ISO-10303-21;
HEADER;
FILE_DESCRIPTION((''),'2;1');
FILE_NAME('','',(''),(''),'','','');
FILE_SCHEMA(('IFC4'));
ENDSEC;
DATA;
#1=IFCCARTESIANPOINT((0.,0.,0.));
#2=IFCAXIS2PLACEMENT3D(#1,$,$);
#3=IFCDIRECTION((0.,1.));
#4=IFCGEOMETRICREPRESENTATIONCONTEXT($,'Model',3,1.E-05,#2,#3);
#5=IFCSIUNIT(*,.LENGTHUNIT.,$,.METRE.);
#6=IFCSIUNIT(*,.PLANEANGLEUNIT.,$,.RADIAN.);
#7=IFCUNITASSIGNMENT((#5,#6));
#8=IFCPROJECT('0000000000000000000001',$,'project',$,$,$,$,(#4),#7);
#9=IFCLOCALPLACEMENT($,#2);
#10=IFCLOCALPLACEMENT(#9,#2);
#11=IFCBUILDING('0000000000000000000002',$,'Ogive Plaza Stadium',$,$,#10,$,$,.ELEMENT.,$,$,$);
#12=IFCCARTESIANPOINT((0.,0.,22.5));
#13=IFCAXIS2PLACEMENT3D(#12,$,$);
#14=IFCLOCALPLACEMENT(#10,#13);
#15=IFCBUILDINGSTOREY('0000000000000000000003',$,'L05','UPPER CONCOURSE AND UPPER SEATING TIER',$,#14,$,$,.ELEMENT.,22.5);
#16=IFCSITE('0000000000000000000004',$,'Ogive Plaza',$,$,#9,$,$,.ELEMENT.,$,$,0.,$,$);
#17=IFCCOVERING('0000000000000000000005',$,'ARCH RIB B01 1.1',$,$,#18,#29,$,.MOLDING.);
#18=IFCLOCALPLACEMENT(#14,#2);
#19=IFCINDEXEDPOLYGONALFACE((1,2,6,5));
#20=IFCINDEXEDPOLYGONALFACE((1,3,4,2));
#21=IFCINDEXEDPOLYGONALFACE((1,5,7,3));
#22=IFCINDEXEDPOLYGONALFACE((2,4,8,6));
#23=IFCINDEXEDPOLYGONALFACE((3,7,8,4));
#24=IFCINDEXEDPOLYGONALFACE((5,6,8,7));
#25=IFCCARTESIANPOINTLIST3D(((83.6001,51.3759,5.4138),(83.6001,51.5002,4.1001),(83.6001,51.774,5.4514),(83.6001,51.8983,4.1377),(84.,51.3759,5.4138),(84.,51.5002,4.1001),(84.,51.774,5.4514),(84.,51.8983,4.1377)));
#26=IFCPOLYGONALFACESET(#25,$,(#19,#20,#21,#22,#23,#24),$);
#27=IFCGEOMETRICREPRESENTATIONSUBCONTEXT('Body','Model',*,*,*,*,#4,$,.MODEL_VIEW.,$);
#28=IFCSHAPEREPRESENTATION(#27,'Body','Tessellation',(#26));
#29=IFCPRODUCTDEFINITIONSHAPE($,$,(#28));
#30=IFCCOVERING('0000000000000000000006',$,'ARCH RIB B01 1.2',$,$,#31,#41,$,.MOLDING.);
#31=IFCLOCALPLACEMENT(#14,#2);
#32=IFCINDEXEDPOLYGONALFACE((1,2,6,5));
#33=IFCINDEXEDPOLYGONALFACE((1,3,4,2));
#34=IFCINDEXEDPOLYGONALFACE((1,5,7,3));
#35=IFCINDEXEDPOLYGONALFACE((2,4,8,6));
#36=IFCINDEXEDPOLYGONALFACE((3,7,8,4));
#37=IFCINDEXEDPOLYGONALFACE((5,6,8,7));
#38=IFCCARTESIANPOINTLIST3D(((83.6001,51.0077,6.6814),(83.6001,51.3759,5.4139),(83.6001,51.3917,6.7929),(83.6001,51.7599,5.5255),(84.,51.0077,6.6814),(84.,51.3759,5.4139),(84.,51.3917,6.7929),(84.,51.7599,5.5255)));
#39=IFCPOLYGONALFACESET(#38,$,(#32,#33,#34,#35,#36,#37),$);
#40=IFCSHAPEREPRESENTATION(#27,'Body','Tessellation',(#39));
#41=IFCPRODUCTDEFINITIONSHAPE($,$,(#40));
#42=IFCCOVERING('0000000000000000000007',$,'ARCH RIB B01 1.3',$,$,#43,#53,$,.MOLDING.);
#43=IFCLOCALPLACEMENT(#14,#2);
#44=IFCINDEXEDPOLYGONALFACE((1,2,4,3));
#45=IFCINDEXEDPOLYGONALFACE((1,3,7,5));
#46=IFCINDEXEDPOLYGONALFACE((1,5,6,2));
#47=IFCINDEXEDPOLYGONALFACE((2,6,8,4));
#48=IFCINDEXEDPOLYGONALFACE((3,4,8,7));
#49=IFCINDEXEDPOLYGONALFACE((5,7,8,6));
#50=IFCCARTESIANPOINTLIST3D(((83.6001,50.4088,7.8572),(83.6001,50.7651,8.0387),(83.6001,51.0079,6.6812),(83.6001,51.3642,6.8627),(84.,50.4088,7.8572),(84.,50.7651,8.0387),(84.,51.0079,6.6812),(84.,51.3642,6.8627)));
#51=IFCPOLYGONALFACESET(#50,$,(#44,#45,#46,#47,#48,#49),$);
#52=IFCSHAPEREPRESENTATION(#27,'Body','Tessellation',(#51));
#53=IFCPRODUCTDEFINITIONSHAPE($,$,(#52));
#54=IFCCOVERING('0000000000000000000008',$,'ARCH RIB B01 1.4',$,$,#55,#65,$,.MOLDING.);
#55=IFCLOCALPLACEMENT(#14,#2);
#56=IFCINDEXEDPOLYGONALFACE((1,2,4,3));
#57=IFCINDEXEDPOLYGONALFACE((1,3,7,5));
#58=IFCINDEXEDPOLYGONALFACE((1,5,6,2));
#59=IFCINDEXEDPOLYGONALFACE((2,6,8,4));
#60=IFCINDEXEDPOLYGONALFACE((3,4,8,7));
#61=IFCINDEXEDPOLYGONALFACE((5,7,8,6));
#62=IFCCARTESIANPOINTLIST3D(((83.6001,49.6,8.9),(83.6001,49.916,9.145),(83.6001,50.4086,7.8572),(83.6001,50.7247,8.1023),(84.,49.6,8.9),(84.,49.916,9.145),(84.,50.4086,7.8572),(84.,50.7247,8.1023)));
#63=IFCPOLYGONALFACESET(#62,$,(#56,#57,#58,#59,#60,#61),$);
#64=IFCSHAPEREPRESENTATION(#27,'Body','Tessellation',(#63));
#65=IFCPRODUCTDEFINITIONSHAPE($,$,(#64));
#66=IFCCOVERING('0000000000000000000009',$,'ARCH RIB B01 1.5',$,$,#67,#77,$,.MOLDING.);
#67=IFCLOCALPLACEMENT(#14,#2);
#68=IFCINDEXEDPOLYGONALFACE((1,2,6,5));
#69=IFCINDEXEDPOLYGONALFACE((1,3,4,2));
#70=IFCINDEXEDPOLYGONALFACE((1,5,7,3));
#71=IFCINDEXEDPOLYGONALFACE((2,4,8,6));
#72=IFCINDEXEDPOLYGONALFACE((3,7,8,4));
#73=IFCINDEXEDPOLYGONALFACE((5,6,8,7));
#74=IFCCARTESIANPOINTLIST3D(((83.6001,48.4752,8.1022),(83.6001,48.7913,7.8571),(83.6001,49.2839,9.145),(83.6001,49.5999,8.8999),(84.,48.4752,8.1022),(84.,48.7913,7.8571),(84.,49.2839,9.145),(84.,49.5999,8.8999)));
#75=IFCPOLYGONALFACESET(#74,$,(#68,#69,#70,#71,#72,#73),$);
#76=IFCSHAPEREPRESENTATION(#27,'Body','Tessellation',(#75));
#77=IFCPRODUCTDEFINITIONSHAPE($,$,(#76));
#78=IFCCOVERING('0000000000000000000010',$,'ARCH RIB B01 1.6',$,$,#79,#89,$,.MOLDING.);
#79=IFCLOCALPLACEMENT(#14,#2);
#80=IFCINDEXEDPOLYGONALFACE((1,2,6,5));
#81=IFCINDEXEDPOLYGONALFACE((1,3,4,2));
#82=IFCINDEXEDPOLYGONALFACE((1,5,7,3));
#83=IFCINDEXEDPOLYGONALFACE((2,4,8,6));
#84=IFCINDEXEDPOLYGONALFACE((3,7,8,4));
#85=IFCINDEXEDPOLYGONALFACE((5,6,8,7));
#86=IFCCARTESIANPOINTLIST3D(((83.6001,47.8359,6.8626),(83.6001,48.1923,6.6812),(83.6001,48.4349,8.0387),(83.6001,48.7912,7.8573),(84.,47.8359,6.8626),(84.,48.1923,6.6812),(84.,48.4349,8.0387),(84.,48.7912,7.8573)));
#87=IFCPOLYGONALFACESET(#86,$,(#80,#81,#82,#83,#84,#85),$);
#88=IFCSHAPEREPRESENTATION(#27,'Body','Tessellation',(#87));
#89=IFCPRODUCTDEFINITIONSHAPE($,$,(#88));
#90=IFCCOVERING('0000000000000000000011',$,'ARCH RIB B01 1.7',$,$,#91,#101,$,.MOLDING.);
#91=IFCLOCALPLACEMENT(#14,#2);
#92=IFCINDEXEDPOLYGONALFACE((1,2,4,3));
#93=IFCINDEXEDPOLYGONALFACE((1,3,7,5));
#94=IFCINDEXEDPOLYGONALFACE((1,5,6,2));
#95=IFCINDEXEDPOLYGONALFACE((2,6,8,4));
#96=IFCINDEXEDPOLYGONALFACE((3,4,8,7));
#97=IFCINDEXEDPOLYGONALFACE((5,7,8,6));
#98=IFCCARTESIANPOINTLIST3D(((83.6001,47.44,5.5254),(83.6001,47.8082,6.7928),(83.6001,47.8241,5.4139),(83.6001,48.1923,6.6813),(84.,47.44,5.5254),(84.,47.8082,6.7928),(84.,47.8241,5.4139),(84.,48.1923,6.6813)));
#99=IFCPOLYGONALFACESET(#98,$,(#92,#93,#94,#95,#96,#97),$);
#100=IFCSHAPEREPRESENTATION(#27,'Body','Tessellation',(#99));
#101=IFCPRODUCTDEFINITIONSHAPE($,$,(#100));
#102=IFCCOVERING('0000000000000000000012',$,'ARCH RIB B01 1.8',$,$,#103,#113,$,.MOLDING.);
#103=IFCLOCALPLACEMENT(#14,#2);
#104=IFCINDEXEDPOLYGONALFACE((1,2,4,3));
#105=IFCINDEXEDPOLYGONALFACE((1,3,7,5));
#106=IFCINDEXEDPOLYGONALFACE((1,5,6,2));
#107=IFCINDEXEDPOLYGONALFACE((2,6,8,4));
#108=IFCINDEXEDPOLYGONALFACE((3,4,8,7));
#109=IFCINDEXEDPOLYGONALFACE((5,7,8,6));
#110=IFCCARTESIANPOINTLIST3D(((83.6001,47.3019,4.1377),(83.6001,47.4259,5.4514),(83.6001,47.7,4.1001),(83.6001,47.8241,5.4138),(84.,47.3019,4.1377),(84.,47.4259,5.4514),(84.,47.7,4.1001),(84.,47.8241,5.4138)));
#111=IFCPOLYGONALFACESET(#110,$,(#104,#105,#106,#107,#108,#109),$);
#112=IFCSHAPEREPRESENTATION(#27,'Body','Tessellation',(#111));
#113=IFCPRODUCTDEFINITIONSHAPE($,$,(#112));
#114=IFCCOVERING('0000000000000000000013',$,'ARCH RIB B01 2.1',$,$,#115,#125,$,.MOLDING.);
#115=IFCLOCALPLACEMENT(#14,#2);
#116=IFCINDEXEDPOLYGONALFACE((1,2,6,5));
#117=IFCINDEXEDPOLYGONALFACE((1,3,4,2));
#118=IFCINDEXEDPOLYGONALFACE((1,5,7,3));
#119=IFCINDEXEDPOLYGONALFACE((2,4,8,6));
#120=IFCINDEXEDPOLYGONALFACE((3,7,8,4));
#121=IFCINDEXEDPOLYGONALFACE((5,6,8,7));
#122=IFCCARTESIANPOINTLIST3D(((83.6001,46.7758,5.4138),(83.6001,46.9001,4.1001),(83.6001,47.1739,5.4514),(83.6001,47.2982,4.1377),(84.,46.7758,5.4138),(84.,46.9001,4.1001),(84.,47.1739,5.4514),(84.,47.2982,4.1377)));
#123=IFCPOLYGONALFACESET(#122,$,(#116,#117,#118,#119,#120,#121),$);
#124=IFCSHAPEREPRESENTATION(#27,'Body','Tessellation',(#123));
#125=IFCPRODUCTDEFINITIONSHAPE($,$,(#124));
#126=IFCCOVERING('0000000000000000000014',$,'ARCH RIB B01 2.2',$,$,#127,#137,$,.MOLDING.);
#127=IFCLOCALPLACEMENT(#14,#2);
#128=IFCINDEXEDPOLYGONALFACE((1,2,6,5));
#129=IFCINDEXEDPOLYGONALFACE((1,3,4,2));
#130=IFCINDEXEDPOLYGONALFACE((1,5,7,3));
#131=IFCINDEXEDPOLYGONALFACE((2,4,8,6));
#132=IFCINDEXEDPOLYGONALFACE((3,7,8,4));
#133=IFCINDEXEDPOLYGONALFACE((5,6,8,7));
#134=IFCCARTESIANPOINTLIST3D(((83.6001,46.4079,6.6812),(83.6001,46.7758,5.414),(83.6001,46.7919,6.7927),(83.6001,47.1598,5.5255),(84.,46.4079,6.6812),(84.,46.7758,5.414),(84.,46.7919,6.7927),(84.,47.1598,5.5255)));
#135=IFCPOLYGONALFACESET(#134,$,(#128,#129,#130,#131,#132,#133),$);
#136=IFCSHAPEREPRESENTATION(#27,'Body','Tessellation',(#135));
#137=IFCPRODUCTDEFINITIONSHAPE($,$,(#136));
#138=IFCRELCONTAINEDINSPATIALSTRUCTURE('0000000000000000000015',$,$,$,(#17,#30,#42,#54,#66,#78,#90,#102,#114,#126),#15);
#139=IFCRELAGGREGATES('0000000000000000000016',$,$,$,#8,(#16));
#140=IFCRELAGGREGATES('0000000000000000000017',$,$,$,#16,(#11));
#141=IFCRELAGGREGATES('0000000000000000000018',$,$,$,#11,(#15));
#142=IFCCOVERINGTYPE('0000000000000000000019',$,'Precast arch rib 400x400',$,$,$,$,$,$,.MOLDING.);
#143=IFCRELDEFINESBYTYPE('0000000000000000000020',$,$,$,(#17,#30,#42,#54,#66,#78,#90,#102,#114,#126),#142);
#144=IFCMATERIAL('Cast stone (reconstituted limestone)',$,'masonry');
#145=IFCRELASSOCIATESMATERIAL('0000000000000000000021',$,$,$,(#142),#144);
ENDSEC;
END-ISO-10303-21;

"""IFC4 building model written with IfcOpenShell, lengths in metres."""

from ifc_helpers import new_model, si_unit, direction, frame, origin, origin_2d, place, context, subcontext, project, spatial, rectangle, extrude, material, material_profile, profile_set, type_object, element, save


model = new_model("IFC4")

# Units and contexts
model_context = context("Model", 3, precision=1e-05, world=origin(), true_north=direction((0.0, 1.0)))
body_context = subcontext(model_context, "Body", "Model", "MODEL_VIEW")
ifc_project = project(units=[si_unit("LENGTHUNIT", "METRE"), si_unit("PLANEANGLEUNIT", "RADIAN")], contexts=[model_context])

# Site, building, storey
site_placement = place(None, origin())
site = spatial("IfcSite", under=ifc_project, at=site_placement, Name="Ogive Plaza", CompositionType="ELEMENT", RefElevation=0.0)
building_placement = place(site_placement, origin())
building = spatial("IfcBuilding", under=site, at=building_placement, Name="Ogive Plaza Stadium", CompositionType="ELEMENT")
storey_placement = place(building_placement, frame((0.0, 0.0, 22.5)))
storey = spatial("IfcBuildingStorey", under=building, at=storey_placement, Name="L05", Description="UPPER CONCOURSE AND UPPER SEATING TIER", CompositionType="ELEMENT", Elevation=22.5)

# Coverings
ifc_material_1 = material(Name="Cast stone (reconstituted limestone)", Category="masonry")
ifc_material_profile_1 = material_profile(ifc_material_1, rectangle(XDim=0.3999, YDim=0.3999, at=origin_2d()), Name="Cast stone 400x400")
ifc_profile_set_1 = profile_set([ifc_material_profile_1], Name="Cast stone (reconstituted limestone)")
covering_type = type_object("IfcCoveringType", Name="Precast arch rib 400x400", PredefinedType="MOLDING", material=ifc_profile_set_1)
covering_placement = place(storey_placement, frame((83.8, 51.6992, 4.1189), z_axis=(0.0, -0.094172, 0.995556), x_axis=(1.0, 0.0, 0.0)))
element("IfcCovering", 1, at=covering_placement, inside=storey, type_object=covering_type, Name="ARCH RIB B01 1.1", PredefinedType="MOLDING", context=body_context, shape_type="SweptSolid", body=[
    extrude(rectangle(XDim=0.3999, YDim=0.3999, at=origin_2d()), origin(), (0.0, 0.0, 1.0), 1.3196),
])
for number, where, z_axis, x_axis, name in (
    (2, (83.8, 51.5679, 5.4697), (0.0, -0.27897, 0.9603), (1.0, 0.0, 0.0), "ARCH RIB B01 1.2"),
    (3, (83.8, 51.186, 6.772), (0.0, -0.453934, 0.891035), (1.0, 0.0, 0.0), "ARCH RIB B01 1.3"),
):
    element("IfcCovering", number, at=place(storey_placement, frame(where, z_axis=z_axis, x_axis=x_axis)), inside=storey, type_object=covering_type, Name=name, PredefinedType="MOLDING", context=body_context, shape_type="SweptSolid", body=[
        extrude(rectangle(XDim=0.3999, YDim=0.3999, at=origin_2d()), origin(), (0.0, 0.0, 1.0), 1.3198),
    ])
for number, where, z_axis, x_axis, name in (
    (4, (83.8, 50.5667, 7.9797), (0.0, -0.6128, 0.790238), (1.0, 0.0, 0.0), "ARCH RIB B01 1.4"),
    (5, (83.8, 49.4419, 9.0225), (0.0, -0.6128, -0.790238), (1.0, 0.0, 0.0), "ARCH RIB B01 1.5"),
):
    element("IfcCovering", number, at=place(storey_placement, frame(where, z_axis=z_axis, x_axis=x_axis)), inside=storey, type_object=covering_type, Name=name, PredefinedType="MOLDING", context=body_context, shape_type="SweptSolid", body=[
        extrude(rectangle(XDim=0.3999, YDim=0.3999, at=origin_2d()), origin(), (0.0, 0.0, 1.0), 1.3196),
    ])
for number, where, z_axis, x_axis, name in (
    (6, (83.8, 48.613, 7.948), (0.0, -0.453787, -0.89111), (1.0, 0.0, 0.0), "ARCH RIB B01 1.6"),
    (7, (83.8, 48.0002, 6.7371), (0.0, -0.27897, -0.9603), (1.0, 0.0, 0.0), "ARCH RIB B01 1.7"),
):
    element("IfcCovering", number, at=place(storey_placement, frame(where, z_axis=z_axis, x_axis=x_axis)), inside=storey, type_object=covering_type, Name=name, PredefinedType="MOLDING", context=body_context, shape_type="SweptSolid", body=[
        extrude(rectangle(XDim=0.3999, YDim=0.3999, at=origin_2d()), origin(), (0.0, 0.0, 1.0), 1.3198),
    ])
for number, where, z_axis, x_axis, name in (
    (8, (83.8, 47.625, 5.4326), (0.0, -0.093988, -0.995573), (1.0, 0.0, 0.0), "ARCH RIB B01 1.8"),
    (9, (83.8, 47.0991, 4.1189), (0.0, -0.094172, 0.995556), (1.0, 0.0, 0.0), "ARCH RIB B01 2.1"),
    (10, (83.8, 46.9678, 5.4697), (0.0, -0.278799, 0.960349), (1.0, 0.0, 0.0), "ARCH RIB B01 2.2"),
):
    element("IfcCovering", number, at=place(storey_placement, frame(where, z_axis=z_axis, x_axis=x_axis)), inside=storey, type_object=covering_type, Name=name, PredefinedType="MOLDING", context=body_context, shape_type="SweptSolid", body=[
        extrude(rectangle(XDim=0.3999, YDim=0.3999, at=origin_2d()), origin(), (0.0, 0.0, 1.0), 1.3196),
    ])

save(model, "model.ifc")
